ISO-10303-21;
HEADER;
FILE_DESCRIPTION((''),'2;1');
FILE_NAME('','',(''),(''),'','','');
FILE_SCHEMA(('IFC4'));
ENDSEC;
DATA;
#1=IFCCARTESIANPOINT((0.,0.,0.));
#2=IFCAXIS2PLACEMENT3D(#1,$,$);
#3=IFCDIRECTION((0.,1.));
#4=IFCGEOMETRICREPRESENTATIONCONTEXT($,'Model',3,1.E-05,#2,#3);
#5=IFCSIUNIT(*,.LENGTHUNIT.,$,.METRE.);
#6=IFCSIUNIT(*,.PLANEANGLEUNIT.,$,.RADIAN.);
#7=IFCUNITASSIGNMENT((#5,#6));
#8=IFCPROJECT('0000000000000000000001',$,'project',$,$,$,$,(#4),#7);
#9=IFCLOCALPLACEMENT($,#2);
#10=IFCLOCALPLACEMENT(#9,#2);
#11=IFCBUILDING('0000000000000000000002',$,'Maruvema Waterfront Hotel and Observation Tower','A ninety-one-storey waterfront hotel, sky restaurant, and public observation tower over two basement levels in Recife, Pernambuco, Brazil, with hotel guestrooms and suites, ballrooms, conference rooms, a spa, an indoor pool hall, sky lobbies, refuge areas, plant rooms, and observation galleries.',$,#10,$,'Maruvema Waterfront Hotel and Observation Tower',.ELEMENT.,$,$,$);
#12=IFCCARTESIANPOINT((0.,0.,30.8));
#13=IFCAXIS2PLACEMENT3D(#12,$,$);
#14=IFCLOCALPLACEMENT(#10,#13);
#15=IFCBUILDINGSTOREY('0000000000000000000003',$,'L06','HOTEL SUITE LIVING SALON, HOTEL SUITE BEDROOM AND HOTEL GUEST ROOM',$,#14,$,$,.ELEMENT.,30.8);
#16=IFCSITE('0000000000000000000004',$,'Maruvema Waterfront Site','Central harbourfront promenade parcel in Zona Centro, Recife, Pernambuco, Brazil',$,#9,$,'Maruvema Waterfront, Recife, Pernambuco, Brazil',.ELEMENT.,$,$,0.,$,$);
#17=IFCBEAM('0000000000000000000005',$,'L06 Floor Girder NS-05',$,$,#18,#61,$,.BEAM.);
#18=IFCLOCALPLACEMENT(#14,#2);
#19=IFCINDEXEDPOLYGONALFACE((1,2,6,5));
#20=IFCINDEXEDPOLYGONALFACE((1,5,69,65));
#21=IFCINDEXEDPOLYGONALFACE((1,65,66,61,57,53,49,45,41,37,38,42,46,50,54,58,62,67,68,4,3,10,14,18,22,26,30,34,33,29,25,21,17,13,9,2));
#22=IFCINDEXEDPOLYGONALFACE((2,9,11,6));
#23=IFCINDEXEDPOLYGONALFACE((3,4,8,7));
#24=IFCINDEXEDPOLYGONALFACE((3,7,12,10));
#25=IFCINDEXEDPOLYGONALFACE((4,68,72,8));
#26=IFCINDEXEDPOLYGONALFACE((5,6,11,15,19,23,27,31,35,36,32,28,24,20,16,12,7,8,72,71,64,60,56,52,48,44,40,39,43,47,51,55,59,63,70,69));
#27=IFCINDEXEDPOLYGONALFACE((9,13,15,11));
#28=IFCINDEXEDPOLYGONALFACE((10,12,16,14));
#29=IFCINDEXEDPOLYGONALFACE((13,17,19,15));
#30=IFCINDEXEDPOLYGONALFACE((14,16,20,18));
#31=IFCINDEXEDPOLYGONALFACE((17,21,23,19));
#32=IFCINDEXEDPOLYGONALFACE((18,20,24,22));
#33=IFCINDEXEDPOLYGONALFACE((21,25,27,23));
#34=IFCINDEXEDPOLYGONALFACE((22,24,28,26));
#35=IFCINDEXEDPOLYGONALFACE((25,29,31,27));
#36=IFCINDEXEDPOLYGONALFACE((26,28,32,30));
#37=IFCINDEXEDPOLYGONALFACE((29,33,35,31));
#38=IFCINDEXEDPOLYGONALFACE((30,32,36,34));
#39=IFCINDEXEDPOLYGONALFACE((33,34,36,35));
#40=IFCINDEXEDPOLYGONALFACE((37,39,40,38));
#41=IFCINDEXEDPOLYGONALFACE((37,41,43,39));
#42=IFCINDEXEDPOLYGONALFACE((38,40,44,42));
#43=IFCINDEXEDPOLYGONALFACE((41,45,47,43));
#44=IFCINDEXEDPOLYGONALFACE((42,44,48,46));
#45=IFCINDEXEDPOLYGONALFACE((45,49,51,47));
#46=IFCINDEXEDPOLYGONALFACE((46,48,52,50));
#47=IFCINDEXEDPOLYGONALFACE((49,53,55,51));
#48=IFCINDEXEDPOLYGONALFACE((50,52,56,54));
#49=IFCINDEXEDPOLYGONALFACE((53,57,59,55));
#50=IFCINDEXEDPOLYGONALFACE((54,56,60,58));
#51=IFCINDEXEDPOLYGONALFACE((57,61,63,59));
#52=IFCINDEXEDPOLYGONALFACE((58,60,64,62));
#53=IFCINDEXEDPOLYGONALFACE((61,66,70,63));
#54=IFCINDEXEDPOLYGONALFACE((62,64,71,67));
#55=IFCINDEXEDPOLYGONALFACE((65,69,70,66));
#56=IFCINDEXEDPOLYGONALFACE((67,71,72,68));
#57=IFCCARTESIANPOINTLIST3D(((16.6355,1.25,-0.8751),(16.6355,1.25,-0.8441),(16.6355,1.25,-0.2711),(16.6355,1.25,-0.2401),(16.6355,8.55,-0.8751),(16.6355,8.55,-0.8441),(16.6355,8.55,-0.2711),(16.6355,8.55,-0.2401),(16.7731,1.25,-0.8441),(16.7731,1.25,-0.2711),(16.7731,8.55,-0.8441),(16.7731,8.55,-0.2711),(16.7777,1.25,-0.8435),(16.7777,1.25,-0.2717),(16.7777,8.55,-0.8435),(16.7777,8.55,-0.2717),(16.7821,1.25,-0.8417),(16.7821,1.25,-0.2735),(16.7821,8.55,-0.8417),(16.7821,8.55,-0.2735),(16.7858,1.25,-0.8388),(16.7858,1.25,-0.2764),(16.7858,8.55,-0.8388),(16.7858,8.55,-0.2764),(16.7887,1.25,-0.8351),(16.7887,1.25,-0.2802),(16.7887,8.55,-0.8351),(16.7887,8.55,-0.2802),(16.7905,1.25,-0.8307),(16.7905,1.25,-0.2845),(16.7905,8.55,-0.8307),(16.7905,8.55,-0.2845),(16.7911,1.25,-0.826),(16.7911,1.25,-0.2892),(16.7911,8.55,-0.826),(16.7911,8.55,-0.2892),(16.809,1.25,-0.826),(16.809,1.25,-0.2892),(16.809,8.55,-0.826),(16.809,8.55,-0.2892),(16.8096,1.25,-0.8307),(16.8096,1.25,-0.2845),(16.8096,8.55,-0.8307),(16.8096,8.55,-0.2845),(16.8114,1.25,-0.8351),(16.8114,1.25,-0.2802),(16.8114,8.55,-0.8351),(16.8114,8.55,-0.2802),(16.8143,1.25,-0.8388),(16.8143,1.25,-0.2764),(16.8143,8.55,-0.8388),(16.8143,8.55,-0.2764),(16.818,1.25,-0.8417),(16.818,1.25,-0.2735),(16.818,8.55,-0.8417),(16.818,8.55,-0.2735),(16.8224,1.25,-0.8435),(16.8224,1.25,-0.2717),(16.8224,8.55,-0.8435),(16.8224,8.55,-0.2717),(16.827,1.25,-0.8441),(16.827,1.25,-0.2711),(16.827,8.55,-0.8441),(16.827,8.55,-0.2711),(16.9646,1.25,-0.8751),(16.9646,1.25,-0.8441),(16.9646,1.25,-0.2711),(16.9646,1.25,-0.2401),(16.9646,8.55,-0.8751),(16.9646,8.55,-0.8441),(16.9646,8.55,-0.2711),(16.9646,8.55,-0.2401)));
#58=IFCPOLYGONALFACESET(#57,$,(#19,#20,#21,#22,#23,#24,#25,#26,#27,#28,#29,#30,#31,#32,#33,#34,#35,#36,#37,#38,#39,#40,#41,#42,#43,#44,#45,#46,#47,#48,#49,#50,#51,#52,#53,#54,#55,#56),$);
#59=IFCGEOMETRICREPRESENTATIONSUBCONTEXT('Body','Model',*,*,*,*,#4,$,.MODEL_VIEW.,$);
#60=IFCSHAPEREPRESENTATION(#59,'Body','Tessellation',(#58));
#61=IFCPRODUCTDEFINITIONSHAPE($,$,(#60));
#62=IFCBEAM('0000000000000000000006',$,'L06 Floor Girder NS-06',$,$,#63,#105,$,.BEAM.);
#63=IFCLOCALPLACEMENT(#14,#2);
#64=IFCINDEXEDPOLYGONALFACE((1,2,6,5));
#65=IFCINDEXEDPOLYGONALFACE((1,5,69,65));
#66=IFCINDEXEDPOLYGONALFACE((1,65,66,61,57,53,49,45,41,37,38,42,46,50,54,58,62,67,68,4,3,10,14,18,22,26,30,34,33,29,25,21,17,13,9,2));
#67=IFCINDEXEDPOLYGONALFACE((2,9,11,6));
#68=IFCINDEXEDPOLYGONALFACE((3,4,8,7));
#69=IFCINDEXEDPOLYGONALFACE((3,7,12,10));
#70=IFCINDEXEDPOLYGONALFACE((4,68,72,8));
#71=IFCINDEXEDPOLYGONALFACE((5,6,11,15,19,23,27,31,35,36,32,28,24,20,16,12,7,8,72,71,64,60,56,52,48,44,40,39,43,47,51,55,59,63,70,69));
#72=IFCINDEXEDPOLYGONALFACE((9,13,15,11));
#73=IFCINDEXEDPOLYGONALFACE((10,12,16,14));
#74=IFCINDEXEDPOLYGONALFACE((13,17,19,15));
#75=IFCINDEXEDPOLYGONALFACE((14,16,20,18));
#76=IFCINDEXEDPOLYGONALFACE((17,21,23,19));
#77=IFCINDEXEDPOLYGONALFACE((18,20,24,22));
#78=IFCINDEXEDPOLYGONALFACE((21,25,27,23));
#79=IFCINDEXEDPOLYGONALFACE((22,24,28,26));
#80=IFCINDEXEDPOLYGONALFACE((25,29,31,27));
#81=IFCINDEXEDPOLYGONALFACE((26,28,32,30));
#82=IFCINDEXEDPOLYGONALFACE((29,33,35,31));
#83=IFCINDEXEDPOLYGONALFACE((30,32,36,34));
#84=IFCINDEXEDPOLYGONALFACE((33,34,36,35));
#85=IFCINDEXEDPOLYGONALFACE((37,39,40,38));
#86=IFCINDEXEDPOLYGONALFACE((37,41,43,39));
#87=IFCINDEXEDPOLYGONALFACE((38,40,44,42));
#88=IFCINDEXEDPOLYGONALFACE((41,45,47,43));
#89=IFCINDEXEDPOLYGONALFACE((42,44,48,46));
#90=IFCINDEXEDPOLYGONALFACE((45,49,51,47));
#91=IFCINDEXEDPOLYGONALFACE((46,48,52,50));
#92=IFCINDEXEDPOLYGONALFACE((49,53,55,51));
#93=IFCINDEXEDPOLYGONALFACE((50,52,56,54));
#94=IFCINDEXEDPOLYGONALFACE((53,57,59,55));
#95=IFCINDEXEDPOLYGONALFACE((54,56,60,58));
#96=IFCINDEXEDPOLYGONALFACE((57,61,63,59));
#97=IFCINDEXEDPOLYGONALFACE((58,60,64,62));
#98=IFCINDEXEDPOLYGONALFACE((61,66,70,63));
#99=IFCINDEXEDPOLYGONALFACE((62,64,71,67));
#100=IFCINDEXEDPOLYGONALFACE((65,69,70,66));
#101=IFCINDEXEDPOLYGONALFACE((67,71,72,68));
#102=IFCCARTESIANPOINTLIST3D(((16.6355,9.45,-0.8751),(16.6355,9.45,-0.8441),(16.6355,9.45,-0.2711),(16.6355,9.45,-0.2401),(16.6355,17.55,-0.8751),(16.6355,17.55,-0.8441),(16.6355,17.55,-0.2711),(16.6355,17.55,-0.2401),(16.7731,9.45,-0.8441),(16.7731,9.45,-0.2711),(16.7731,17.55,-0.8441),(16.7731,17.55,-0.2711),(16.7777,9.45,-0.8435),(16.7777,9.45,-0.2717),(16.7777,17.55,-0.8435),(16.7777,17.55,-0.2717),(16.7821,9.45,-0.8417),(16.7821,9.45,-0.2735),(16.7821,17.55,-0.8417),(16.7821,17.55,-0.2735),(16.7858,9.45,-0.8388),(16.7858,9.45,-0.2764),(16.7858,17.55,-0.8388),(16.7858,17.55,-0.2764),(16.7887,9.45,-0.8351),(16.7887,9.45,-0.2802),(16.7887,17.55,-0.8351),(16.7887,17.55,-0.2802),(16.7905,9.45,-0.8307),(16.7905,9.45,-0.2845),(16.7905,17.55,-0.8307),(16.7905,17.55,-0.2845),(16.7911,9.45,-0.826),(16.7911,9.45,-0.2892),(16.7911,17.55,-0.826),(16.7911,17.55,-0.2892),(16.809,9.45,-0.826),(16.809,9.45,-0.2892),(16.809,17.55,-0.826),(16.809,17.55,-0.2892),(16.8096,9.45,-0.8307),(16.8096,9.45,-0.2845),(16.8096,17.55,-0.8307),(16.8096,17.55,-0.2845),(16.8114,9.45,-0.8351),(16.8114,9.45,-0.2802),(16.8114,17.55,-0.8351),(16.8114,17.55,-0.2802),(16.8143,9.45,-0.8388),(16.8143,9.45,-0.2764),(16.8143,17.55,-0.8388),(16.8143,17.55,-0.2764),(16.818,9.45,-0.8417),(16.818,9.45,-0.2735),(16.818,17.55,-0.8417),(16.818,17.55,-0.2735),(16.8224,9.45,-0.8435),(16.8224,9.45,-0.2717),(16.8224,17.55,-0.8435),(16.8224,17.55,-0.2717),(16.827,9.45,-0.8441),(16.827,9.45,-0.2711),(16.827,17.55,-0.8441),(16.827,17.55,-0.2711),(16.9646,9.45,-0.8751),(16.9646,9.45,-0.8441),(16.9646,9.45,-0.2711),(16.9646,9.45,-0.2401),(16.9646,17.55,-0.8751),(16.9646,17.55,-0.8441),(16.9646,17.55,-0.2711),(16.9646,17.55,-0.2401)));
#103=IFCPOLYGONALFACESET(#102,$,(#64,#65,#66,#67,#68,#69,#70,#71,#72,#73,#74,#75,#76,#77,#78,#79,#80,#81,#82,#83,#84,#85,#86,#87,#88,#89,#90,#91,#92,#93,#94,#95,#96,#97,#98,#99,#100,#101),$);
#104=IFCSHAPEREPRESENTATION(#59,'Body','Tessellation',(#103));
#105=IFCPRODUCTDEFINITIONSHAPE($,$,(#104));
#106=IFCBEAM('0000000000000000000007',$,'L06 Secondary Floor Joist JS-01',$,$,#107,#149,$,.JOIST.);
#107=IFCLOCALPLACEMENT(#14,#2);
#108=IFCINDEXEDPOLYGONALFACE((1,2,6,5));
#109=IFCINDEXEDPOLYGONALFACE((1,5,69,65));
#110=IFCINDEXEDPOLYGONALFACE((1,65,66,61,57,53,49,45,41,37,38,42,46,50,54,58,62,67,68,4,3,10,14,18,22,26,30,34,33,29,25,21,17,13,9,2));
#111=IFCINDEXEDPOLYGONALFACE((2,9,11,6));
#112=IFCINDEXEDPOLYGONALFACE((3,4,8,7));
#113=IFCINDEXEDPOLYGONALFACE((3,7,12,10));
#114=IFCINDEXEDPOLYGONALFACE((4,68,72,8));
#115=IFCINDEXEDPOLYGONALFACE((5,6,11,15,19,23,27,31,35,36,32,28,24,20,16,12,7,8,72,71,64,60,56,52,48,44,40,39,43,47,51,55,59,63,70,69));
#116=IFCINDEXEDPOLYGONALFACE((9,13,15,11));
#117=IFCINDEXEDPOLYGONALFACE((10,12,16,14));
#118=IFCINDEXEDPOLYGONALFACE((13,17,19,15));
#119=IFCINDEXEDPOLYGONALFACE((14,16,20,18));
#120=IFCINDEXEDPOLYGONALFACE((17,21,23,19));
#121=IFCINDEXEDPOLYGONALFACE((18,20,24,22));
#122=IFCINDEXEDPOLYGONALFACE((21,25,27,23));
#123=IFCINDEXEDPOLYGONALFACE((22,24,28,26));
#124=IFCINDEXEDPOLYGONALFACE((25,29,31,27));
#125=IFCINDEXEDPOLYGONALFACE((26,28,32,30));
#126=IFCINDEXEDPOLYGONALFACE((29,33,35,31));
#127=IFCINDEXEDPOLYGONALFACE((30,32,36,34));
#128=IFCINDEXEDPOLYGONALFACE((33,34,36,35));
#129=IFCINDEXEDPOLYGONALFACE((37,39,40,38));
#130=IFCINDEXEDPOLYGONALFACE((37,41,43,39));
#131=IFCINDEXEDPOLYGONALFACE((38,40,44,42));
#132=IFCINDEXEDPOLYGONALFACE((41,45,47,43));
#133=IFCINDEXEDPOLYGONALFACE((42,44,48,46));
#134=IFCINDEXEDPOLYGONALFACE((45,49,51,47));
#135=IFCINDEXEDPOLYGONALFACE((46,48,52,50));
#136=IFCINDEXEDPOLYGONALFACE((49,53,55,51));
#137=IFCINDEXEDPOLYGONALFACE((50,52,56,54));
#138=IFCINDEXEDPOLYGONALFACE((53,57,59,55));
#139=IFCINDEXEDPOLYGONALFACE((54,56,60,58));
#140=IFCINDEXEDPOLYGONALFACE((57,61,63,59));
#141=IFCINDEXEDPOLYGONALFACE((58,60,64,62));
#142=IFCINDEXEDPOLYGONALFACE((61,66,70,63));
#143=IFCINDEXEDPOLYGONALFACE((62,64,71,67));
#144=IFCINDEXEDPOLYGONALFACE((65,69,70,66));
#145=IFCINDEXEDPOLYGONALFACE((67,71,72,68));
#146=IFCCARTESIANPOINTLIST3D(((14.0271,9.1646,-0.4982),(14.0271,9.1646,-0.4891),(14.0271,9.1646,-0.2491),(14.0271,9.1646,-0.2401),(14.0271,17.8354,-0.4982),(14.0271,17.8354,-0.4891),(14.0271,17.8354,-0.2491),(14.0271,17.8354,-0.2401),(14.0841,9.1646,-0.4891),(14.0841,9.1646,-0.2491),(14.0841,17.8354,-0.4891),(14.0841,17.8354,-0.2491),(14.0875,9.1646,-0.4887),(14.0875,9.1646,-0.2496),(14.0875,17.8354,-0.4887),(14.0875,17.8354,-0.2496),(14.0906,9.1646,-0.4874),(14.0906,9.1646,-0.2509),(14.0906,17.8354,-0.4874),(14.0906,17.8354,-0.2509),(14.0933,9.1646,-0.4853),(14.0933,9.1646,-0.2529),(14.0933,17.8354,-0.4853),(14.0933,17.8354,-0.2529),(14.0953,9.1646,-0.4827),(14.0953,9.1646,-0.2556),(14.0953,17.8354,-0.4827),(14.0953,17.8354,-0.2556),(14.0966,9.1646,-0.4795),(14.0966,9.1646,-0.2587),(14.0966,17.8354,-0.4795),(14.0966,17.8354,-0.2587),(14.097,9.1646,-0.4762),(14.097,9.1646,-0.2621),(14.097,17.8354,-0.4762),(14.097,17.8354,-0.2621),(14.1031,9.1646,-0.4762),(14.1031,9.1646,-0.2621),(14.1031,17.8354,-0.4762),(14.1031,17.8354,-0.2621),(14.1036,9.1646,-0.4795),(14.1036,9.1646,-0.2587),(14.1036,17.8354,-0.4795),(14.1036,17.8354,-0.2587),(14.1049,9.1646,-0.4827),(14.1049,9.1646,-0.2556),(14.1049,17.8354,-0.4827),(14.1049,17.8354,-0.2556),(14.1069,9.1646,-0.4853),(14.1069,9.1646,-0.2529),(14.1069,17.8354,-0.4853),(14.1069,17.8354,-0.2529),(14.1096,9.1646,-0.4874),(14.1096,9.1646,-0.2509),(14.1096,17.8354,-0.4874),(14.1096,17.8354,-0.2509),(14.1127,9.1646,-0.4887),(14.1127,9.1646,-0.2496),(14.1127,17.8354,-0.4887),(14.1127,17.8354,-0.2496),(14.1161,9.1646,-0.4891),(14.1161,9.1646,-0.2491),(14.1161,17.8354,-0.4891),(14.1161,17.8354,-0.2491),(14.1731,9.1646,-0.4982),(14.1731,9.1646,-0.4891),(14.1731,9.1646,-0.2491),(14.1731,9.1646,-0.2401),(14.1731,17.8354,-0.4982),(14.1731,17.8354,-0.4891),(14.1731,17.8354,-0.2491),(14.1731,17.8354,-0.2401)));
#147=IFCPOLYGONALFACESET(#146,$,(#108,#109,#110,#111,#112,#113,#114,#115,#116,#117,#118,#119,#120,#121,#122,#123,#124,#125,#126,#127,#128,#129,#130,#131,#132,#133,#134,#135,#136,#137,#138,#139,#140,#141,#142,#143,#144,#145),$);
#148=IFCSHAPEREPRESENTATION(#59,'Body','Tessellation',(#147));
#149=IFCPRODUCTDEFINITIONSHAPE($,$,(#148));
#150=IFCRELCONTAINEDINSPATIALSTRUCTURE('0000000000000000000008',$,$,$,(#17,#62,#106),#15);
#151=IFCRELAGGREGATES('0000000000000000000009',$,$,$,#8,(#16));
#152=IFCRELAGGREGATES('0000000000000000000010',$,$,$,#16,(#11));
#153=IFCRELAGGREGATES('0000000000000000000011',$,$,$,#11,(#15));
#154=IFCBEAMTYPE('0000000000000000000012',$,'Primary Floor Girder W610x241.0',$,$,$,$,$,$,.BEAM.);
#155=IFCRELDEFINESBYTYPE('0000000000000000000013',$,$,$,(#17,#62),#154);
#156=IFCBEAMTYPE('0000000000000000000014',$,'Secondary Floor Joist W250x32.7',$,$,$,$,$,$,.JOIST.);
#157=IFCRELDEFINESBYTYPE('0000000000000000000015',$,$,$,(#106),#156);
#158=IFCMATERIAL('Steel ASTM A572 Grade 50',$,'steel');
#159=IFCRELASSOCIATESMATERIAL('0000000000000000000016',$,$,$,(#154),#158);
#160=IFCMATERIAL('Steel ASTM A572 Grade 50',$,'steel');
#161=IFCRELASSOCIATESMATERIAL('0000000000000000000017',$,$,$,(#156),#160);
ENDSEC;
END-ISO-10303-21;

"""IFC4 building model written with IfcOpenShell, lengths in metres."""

from ifc_helpers import new_model, si_unit, direction, frame, origin, origin_2d, place, context, subcontext, project, spatial, i_section, extrude, material, material_profile, profile_set, type_object, element, save


model = new_model("IFC4")

# Units and contexts
model_context = context("Model", 3, precision=1e-05, world=origin(), true_north=direction((0.0, 1.0)))
body_context = subcontext(model_context, "Body", "Model", "MODEL_VIEW")
ifc_project = project(units=[si_unit("LENGTHUNIT", "METRE"), si_unit("PLANEANGLEUNIT", "RADIAN")], contexts=[model_context])

# Site, building, storey
site_placement = place(None, origin())
site = spatial("IfcSite", under=ifc_project, at=site_placement, Name="Maruvema Waterfront Site", Description="Central harbourfront promenade parcel in Zona Centro, Recife, Pernambuco, Brazil", LongName="Maruvema Waterfront, Recife, Pernambuco, Brazil", CompositionType="ELEMENT", RefElevation=0.0)
building_placement = place(site_placement, origin())
building = spatial("IfcBuilding", under=site, at=building_placement, Name="Maruvema Waterfront Hotel and Observation Tower", Description="A ninety-one-storey waterfront hotel, sky restaurant, and public observation tower over two basement levels in Recife, Pernambuco, Brazil, with hotel guestrooms and suites, ballrooms, conference rooms, a spa, an indoor pool hall, sky lobbies, refuge areas, plant rooms, and observation galleries.", LongName="Maruvema Waterfront Hotel and Observation Tower", CompositionType="ELEMENT")
storey_placement = place(building_placement, frame((0.0, 0.0, 30.8)))
storey = spatial("IfcBuildingStorey", under=building, at=storey_placement, Name="L06", Description="HOTEL SUITE LIVING SALON, HOTEL SUITE BEDROOM AND HOTEL GUEST ROOM", CompositionType="ELEMENT", Elevation=30.8)

# Beams
ifc_material_1 = material(Name="Steel ASTM A572 Grade 50", Category="steel")
ifc_material_profile_1 = material_profile(ifc_material_1, i_section(OverallWidth=0.3291, OverallDepth=0.635, WebThickness=0.0178, FlangeThickness=0.031, FilletRadius=0.0181, at=origin_2d()), Name="W610x241.0")
ifc_profile_set_1 = profile_set([ifc_material_profile_1], Name="Steel ASTM A572 Grade 50")
beam_type_1 = type_object("IfcBeamType", Name="Primary Floor Girder W610x241.0", PredefinedType="BEAM", material=ifc_profile_set_1)
beam_1_placement = place(storey_placement, frame((16.8, 1.25, -0.5576), z_axis=(0.0, 1.0, 0.0), x_axis=(-1.0, 0.0, 0.0)))
element("IfcBeam", 1, at=beam_1_placement, inside=storey, type_object=beam_type_1, Name="L06 Floor Girder NS-05", PredefinedType="BEAM", context=body_context, shape_type="SweptSolid", body=[
    extrude(i_section(OverallWidth=0.3291, OverallDepth=0.635, WebThickness=0.0178, FlangeThickness=0.031, FilletRadius=0.0181, at=origin_2d()), origin(), (0.0, 0.0, 1.0), 7.3),
])
beam_2_placement = place(storey_placement, frame((16.8, 9.45, -0.5576), z_axis=(0.0, 1.0, 0.0), x_axis=(-1.0, 0.0, 0.0)))
element("IfcBeam", 2, at=beam_2_placement, inside=storey, type_object=beam_type_1, Name="L06 Floor Girder NS-06", PredefinedType="BEAM", context=body_context, shape_type="SweptSolid", body=[
    extrude(i_section(OverallWidth=0.3291, OverallDepth=0.635, WebThickness=0.0178, FlangeThickness=0.031, FilletRadius=0.0181, at=origin_2d()), origin(), (0.0, 0.0, 1.0), 8.1001),
])
ifc_material_2 = material(Name="Steel ASTM A572 Grade 50", Category="steel")
ifc_material_profile_2 = material_profile(ifc_material_2, i_section(OverallWidth=0.146, OverallDepth=0.2581, WebThickness=0.0061, FlangeThickness=0.009, FilletRadius=0.0129, at=origin_2d()), Name="W250x32.7")
ifc_profile_set_2 = profile_set([ifc_material_profile_2], Name="Steel ASTM A572 Grade 50")
beam_type_2 = type_object("IfcBeamType", Name="Secondary Floor Joist W250x32.7", PredefinedType="JOIST", material=ifc_profile_set_2)
beam_3_placement = place(storey_placement, frame((14.1001, 9.1646, -0.3691), z_axis=(0.0, 1.0, 0.0), x_axis=(-1.0, 0.0, 0.0)))
element("IfcBeam", 3, at=beam_3_placement, inside=storey, type_object=beam_type_2, Name="L06 Secondary Floor Joist JS-01", PredefinedType="JOIST", context=body_context, shape_type="SweptSolid", body=[
    extrude(i_section(OverallWidth=0.146, OverallDepth=0.2581, WebThickness=0.0061, FlangeThickness=0.009, FilletRadius=0.0129, at=origin_2d()), origin(), (0.0, 0.0, 1.0), 8.6709),
])

save(model, "model.ifc")
